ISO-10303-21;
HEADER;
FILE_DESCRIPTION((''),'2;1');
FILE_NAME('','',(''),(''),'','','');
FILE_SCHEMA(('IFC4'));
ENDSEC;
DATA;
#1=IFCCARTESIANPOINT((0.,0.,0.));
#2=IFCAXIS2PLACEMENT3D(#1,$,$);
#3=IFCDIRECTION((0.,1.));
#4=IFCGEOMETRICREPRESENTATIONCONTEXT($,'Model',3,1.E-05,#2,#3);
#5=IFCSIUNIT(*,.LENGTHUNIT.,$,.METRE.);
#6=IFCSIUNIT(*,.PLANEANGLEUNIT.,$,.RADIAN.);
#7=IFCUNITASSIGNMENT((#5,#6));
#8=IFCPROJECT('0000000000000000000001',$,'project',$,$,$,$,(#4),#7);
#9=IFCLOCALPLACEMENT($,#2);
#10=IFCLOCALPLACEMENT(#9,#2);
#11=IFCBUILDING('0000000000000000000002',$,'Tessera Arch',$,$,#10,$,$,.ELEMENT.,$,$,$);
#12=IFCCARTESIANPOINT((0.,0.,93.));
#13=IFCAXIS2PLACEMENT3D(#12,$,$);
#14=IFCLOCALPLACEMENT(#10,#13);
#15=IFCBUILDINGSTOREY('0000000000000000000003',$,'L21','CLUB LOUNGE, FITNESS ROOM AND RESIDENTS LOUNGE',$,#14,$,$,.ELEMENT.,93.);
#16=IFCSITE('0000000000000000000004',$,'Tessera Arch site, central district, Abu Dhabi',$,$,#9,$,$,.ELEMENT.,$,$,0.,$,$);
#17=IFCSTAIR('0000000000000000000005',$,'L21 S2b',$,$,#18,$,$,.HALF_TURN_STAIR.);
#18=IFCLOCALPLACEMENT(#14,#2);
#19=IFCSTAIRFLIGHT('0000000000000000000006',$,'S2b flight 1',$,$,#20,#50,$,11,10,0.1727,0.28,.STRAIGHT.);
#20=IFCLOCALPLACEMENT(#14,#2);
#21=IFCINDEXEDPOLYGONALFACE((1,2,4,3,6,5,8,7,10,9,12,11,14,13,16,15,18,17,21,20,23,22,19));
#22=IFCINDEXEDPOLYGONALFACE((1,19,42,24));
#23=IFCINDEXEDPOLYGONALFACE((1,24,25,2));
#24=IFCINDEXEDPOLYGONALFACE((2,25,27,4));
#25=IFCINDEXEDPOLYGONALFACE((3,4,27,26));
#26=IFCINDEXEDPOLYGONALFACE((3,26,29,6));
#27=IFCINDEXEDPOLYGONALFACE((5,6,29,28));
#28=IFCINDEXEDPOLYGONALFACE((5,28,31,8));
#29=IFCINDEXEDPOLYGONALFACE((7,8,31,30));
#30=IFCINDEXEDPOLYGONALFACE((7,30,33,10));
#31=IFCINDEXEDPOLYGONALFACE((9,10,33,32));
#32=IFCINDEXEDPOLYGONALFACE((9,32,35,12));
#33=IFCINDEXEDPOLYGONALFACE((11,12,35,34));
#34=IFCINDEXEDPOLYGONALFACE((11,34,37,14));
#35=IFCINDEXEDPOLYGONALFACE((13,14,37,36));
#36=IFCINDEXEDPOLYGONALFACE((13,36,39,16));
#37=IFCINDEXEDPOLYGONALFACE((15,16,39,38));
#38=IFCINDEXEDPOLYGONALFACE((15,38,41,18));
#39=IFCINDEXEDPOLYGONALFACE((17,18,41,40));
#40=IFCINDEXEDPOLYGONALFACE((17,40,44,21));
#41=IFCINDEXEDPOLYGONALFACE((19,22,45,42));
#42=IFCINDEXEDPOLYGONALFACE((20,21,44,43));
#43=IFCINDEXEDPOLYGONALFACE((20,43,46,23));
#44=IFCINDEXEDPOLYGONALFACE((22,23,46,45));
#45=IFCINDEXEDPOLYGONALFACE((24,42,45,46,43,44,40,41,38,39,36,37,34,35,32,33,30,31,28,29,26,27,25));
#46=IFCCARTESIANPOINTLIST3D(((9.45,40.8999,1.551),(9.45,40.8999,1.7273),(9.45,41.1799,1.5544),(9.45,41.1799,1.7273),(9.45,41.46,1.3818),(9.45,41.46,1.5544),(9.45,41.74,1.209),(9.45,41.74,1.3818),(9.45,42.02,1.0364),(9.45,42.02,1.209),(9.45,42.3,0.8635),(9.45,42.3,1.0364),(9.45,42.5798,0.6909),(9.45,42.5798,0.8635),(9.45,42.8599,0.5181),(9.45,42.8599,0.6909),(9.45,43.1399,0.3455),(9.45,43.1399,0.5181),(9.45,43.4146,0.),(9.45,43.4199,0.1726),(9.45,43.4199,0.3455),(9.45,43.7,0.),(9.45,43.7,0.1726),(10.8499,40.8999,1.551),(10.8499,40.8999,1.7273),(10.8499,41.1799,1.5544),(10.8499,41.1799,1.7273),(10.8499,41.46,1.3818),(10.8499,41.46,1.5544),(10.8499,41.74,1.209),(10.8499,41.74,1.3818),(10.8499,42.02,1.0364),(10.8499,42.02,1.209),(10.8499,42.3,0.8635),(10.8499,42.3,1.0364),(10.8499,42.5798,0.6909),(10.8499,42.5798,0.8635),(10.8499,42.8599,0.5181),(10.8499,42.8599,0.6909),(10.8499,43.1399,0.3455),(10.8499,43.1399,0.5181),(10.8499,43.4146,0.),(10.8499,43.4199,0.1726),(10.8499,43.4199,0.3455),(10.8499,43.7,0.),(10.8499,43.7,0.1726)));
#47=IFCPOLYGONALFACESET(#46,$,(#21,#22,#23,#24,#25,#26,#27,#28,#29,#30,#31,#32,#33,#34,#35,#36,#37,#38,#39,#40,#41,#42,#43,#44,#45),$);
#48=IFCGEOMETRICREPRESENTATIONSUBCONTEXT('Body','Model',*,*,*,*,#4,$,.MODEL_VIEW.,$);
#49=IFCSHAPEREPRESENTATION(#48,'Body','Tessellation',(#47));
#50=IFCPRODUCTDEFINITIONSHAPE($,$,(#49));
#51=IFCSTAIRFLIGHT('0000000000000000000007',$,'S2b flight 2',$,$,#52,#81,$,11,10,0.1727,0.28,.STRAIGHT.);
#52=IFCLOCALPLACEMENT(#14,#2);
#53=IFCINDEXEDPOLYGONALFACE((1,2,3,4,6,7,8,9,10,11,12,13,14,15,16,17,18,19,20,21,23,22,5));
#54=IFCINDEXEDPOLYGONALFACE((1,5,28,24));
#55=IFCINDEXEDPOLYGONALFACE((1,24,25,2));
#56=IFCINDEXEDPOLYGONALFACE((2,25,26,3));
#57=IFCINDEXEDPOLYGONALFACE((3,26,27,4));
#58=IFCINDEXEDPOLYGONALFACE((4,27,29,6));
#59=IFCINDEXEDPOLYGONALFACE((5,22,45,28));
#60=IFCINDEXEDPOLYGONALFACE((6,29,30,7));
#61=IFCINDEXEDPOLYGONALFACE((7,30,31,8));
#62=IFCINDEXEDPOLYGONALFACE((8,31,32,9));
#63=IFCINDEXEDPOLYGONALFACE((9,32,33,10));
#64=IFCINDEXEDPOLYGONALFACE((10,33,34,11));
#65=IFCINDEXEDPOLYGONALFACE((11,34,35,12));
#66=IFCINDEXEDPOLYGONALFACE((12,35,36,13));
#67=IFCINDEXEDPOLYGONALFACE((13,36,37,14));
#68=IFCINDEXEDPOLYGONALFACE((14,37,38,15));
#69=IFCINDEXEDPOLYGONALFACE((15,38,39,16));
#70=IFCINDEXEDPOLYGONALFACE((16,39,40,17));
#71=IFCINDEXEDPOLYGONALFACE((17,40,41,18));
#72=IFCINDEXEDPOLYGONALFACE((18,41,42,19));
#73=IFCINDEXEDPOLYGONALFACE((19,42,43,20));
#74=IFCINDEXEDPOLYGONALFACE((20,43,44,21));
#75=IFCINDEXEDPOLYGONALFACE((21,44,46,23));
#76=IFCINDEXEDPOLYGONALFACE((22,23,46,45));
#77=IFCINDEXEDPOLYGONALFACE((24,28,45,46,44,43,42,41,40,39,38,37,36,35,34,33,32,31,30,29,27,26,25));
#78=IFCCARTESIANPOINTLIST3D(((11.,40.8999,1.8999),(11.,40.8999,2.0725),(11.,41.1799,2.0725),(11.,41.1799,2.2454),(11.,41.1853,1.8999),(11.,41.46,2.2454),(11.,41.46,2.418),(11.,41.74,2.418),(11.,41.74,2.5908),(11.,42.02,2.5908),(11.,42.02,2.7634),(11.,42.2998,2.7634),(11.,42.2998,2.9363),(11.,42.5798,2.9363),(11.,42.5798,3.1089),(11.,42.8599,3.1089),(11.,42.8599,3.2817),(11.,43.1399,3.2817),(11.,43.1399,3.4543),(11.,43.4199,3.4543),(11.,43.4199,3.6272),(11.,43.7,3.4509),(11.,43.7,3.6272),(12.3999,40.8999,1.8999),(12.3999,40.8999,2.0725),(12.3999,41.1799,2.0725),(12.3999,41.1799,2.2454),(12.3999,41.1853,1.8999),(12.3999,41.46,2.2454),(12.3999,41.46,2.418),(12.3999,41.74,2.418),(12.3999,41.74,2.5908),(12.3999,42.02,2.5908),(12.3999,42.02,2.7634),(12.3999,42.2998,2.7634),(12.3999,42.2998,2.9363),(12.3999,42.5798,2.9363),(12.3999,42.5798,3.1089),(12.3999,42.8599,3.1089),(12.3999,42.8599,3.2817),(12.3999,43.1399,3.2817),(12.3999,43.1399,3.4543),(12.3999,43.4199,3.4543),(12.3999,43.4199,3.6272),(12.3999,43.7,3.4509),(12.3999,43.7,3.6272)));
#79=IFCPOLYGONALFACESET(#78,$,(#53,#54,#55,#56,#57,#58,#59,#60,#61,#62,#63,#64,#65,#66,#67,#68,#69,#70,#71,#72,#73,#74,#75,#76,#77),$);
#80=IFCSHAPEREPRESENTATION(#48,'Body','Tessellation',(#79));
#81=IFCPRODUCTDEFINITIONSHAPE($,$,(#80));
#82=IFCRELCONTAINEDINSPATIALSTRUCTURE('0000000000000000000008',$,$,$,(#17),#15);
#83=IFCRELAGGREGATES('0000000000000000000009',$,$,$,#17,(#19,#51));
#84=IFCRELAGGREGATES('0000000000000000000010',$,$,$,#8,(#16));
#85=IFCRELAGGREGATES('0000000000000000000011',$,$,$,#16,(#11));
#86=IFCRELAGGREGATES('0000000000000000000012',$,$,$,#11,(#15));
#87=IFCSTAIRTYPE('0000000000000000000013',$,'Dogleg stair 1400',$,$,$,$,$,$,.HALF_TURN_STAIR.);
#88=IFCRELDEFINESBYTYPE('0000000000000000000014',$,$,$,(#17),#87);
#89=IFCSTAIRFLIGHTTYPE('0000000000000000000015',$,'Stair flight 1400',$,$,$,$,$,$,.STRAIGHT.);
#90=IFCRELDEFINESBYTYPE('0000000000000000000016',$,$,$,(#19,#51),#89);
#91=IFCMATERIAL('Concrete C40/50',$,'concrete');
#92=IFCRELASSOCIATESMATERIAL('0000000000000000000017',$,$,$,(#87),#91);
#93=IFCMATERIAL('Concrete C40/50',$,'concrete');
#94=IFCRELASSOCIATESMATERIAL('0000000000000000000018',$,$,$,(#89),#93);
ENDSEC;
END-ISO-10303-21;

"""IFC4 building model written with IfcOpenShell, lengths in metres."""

from ifc_helpers import new_model, si_unit, direction, frame, origin, place, context, subcontext, project, spatial, polyline, outline, extrude, material, type_object, element, aggregate, save


model = new_model("IFC4")

# Units and contexts
model_context = context("Model", 3, precision=1e-05, world=origin(), true_north=direction((0.0, 1.0)))
body_context = subcontext(model_context, "Body", "Model", "MODEL_VIEW")
ifc_project = project(units=[si_unit("LENGTHUNIT", "METRE"), si_unit("PLANEANGLEUNIT", "RADIAN")], contexts=[model_context])

# Site, building, storey
site_placement = place(None, origin())
site = spatial("IfcSite", under=ifc_project, at=site_placement, Name="Tessera Arch site, central district, Abu Dhabi", CompositionType="ELEMENT", RefElevation=0.0)
building_placement = place(site_placement, origin())
building = spatial("IfcBuilding", under=site, at=building_placement, Name="Tessera Arch", CompositionType="ELEMENT")
storey_placement = place(building_placement, frame((0.0, 0.0, 93.0)))
storey = spatial("IfcBuildingStorey", under=building, at=storey_placement, Name="L21", Description="CLUB LOUNGE, FITNESS ROOM AND RESIDENTS LOUNGE", CompositionType="ELEMENT", Elevation=93.0)

# Stair, stair flights
ifc_material_1 = material(Name="Concrete C40/50", Category="concrete")
stair_type = type_object("IfcStairType", Name="Dogleg stair 1400", PredefinedType="HALF_TURN_STAIR", material=ifc_material_1)
stair_placement = place(storey_placement, origin())
stair = element("IfcStair", 1, at=stair_placement, inside=storey, type_object=stair_type, Name="L21 S2b", PredefinedType="HALF_TURN_STAIR")
ifc_material_2 = material(Name="Concrete C40/50", Category="concrete")
stair_flight_type = type_object("IfcStairFlightType", Name="Stair flight 1400", PredefinedType="STRAIGHT", material=ifc_material_2)
stair_flight_1_placement = place(storey_placement, frame((10.1499, 43.7, 0.0), z_axis=(0.0, 0.0, 1.0), x_axis=(0.0, -1.0, 0.0)))
stair_flight_1 = element("IfcStairFlight", 2, at=stair_flight_1_placement, type_object=stair_flight_type, Name="S2b flight 1", NumberOfRisers=11, NumberOfTreads=10, PredefinedType="STRAIGHT", RiserHeight=0.1727, TreadLength=0.28, context=body_context, shape_type="SweptSolid", body=[
    extrude(outline(polyline([(0.0, 0.0), (0.0, 0.1726), (0.28, 0.1726), (0.28, 0.3455), (0.5601, 0.3455), (0.5601, 0.5181), (0.8401, 0.5181), (0.8401, 0.6909), (1.1201, 0.6909), (1.1201, 0.8635), (1.3999, 0.8635), (1.3999, 1.0364), (1.6799, 1.0364), (1.6799, 1.209), (1.96, 1.209), (1.96, 1.3818), (2.24, 1.3818), (2.24, 1.5544), (2.52, 1.5544), (2.52, 1.7273), (2.8, 1.7273), (2.8, 1.8999), (2.8, 1.551), (0.2854, 0.0), (0.0, 0.0)])), frame((0.0, 0.7, 0.0), z_axis=(0.0, -1.0, 0.0), x_axis=(1.0, 0.0, 0.0)), (0.0, 0.0, 1.0), 1.3999),
])
stair_flight_2_placement = place(storey_placement, frame((11.7, 40.8999, 1.8999), z_axis=(0.0, 0.0, 1.0), x_axis=(0.0, 1.0, 0.0)))
stair_flight_2 = element("IfcStairFlight", 3, at=stair_flight_2_placement, type_object=stair_flight_type, Name="S2b flight 2", NumberOfRisers=11, NumberOfTreads=10, PredefinedType="STRAIGHT", RiserHeight=0.1727, TreadLength=0.28, context=body_context, shape_type="SweptSolid", body=[
    extrude(outline(polyline([(0.0, 0.0), (0.0, 0.1726), (0.28, 0.1726), (0.28, 0.3455), (0.5601, 0.3455), (0.5601, 0.5181), (0.8401, 0.5181), (0.8401, 0.6909), (1.1201, 0.6909), (1.1201, 0.8635), (1.3999, 0.8635), (1.3999, 1.0364), (1.6799, 1.0364), (1.6799, 1.209), (1.96, 1.209), (1.96, 1.3818), (2.24, 1.3818), (2.24, 1.5544), (2.52, 1.5544), (2.52, 1.7273), (2.8, 1.7273), (2.8, 1.8999), (2.8, 1.551), (0.2854, 0.0), (0.0, 0.0)])), frame((0.0, 0.7, 0.0), z_axis=(0.0, -1.0, 0.0), x_axis=(1.0, 0.0, 0.0)), (0.0, 0.0, 1.0), 1.3999),
])
aggregate(stair, [stair_flight_1, stair_flight_2])

save(model, "model.ifc")
